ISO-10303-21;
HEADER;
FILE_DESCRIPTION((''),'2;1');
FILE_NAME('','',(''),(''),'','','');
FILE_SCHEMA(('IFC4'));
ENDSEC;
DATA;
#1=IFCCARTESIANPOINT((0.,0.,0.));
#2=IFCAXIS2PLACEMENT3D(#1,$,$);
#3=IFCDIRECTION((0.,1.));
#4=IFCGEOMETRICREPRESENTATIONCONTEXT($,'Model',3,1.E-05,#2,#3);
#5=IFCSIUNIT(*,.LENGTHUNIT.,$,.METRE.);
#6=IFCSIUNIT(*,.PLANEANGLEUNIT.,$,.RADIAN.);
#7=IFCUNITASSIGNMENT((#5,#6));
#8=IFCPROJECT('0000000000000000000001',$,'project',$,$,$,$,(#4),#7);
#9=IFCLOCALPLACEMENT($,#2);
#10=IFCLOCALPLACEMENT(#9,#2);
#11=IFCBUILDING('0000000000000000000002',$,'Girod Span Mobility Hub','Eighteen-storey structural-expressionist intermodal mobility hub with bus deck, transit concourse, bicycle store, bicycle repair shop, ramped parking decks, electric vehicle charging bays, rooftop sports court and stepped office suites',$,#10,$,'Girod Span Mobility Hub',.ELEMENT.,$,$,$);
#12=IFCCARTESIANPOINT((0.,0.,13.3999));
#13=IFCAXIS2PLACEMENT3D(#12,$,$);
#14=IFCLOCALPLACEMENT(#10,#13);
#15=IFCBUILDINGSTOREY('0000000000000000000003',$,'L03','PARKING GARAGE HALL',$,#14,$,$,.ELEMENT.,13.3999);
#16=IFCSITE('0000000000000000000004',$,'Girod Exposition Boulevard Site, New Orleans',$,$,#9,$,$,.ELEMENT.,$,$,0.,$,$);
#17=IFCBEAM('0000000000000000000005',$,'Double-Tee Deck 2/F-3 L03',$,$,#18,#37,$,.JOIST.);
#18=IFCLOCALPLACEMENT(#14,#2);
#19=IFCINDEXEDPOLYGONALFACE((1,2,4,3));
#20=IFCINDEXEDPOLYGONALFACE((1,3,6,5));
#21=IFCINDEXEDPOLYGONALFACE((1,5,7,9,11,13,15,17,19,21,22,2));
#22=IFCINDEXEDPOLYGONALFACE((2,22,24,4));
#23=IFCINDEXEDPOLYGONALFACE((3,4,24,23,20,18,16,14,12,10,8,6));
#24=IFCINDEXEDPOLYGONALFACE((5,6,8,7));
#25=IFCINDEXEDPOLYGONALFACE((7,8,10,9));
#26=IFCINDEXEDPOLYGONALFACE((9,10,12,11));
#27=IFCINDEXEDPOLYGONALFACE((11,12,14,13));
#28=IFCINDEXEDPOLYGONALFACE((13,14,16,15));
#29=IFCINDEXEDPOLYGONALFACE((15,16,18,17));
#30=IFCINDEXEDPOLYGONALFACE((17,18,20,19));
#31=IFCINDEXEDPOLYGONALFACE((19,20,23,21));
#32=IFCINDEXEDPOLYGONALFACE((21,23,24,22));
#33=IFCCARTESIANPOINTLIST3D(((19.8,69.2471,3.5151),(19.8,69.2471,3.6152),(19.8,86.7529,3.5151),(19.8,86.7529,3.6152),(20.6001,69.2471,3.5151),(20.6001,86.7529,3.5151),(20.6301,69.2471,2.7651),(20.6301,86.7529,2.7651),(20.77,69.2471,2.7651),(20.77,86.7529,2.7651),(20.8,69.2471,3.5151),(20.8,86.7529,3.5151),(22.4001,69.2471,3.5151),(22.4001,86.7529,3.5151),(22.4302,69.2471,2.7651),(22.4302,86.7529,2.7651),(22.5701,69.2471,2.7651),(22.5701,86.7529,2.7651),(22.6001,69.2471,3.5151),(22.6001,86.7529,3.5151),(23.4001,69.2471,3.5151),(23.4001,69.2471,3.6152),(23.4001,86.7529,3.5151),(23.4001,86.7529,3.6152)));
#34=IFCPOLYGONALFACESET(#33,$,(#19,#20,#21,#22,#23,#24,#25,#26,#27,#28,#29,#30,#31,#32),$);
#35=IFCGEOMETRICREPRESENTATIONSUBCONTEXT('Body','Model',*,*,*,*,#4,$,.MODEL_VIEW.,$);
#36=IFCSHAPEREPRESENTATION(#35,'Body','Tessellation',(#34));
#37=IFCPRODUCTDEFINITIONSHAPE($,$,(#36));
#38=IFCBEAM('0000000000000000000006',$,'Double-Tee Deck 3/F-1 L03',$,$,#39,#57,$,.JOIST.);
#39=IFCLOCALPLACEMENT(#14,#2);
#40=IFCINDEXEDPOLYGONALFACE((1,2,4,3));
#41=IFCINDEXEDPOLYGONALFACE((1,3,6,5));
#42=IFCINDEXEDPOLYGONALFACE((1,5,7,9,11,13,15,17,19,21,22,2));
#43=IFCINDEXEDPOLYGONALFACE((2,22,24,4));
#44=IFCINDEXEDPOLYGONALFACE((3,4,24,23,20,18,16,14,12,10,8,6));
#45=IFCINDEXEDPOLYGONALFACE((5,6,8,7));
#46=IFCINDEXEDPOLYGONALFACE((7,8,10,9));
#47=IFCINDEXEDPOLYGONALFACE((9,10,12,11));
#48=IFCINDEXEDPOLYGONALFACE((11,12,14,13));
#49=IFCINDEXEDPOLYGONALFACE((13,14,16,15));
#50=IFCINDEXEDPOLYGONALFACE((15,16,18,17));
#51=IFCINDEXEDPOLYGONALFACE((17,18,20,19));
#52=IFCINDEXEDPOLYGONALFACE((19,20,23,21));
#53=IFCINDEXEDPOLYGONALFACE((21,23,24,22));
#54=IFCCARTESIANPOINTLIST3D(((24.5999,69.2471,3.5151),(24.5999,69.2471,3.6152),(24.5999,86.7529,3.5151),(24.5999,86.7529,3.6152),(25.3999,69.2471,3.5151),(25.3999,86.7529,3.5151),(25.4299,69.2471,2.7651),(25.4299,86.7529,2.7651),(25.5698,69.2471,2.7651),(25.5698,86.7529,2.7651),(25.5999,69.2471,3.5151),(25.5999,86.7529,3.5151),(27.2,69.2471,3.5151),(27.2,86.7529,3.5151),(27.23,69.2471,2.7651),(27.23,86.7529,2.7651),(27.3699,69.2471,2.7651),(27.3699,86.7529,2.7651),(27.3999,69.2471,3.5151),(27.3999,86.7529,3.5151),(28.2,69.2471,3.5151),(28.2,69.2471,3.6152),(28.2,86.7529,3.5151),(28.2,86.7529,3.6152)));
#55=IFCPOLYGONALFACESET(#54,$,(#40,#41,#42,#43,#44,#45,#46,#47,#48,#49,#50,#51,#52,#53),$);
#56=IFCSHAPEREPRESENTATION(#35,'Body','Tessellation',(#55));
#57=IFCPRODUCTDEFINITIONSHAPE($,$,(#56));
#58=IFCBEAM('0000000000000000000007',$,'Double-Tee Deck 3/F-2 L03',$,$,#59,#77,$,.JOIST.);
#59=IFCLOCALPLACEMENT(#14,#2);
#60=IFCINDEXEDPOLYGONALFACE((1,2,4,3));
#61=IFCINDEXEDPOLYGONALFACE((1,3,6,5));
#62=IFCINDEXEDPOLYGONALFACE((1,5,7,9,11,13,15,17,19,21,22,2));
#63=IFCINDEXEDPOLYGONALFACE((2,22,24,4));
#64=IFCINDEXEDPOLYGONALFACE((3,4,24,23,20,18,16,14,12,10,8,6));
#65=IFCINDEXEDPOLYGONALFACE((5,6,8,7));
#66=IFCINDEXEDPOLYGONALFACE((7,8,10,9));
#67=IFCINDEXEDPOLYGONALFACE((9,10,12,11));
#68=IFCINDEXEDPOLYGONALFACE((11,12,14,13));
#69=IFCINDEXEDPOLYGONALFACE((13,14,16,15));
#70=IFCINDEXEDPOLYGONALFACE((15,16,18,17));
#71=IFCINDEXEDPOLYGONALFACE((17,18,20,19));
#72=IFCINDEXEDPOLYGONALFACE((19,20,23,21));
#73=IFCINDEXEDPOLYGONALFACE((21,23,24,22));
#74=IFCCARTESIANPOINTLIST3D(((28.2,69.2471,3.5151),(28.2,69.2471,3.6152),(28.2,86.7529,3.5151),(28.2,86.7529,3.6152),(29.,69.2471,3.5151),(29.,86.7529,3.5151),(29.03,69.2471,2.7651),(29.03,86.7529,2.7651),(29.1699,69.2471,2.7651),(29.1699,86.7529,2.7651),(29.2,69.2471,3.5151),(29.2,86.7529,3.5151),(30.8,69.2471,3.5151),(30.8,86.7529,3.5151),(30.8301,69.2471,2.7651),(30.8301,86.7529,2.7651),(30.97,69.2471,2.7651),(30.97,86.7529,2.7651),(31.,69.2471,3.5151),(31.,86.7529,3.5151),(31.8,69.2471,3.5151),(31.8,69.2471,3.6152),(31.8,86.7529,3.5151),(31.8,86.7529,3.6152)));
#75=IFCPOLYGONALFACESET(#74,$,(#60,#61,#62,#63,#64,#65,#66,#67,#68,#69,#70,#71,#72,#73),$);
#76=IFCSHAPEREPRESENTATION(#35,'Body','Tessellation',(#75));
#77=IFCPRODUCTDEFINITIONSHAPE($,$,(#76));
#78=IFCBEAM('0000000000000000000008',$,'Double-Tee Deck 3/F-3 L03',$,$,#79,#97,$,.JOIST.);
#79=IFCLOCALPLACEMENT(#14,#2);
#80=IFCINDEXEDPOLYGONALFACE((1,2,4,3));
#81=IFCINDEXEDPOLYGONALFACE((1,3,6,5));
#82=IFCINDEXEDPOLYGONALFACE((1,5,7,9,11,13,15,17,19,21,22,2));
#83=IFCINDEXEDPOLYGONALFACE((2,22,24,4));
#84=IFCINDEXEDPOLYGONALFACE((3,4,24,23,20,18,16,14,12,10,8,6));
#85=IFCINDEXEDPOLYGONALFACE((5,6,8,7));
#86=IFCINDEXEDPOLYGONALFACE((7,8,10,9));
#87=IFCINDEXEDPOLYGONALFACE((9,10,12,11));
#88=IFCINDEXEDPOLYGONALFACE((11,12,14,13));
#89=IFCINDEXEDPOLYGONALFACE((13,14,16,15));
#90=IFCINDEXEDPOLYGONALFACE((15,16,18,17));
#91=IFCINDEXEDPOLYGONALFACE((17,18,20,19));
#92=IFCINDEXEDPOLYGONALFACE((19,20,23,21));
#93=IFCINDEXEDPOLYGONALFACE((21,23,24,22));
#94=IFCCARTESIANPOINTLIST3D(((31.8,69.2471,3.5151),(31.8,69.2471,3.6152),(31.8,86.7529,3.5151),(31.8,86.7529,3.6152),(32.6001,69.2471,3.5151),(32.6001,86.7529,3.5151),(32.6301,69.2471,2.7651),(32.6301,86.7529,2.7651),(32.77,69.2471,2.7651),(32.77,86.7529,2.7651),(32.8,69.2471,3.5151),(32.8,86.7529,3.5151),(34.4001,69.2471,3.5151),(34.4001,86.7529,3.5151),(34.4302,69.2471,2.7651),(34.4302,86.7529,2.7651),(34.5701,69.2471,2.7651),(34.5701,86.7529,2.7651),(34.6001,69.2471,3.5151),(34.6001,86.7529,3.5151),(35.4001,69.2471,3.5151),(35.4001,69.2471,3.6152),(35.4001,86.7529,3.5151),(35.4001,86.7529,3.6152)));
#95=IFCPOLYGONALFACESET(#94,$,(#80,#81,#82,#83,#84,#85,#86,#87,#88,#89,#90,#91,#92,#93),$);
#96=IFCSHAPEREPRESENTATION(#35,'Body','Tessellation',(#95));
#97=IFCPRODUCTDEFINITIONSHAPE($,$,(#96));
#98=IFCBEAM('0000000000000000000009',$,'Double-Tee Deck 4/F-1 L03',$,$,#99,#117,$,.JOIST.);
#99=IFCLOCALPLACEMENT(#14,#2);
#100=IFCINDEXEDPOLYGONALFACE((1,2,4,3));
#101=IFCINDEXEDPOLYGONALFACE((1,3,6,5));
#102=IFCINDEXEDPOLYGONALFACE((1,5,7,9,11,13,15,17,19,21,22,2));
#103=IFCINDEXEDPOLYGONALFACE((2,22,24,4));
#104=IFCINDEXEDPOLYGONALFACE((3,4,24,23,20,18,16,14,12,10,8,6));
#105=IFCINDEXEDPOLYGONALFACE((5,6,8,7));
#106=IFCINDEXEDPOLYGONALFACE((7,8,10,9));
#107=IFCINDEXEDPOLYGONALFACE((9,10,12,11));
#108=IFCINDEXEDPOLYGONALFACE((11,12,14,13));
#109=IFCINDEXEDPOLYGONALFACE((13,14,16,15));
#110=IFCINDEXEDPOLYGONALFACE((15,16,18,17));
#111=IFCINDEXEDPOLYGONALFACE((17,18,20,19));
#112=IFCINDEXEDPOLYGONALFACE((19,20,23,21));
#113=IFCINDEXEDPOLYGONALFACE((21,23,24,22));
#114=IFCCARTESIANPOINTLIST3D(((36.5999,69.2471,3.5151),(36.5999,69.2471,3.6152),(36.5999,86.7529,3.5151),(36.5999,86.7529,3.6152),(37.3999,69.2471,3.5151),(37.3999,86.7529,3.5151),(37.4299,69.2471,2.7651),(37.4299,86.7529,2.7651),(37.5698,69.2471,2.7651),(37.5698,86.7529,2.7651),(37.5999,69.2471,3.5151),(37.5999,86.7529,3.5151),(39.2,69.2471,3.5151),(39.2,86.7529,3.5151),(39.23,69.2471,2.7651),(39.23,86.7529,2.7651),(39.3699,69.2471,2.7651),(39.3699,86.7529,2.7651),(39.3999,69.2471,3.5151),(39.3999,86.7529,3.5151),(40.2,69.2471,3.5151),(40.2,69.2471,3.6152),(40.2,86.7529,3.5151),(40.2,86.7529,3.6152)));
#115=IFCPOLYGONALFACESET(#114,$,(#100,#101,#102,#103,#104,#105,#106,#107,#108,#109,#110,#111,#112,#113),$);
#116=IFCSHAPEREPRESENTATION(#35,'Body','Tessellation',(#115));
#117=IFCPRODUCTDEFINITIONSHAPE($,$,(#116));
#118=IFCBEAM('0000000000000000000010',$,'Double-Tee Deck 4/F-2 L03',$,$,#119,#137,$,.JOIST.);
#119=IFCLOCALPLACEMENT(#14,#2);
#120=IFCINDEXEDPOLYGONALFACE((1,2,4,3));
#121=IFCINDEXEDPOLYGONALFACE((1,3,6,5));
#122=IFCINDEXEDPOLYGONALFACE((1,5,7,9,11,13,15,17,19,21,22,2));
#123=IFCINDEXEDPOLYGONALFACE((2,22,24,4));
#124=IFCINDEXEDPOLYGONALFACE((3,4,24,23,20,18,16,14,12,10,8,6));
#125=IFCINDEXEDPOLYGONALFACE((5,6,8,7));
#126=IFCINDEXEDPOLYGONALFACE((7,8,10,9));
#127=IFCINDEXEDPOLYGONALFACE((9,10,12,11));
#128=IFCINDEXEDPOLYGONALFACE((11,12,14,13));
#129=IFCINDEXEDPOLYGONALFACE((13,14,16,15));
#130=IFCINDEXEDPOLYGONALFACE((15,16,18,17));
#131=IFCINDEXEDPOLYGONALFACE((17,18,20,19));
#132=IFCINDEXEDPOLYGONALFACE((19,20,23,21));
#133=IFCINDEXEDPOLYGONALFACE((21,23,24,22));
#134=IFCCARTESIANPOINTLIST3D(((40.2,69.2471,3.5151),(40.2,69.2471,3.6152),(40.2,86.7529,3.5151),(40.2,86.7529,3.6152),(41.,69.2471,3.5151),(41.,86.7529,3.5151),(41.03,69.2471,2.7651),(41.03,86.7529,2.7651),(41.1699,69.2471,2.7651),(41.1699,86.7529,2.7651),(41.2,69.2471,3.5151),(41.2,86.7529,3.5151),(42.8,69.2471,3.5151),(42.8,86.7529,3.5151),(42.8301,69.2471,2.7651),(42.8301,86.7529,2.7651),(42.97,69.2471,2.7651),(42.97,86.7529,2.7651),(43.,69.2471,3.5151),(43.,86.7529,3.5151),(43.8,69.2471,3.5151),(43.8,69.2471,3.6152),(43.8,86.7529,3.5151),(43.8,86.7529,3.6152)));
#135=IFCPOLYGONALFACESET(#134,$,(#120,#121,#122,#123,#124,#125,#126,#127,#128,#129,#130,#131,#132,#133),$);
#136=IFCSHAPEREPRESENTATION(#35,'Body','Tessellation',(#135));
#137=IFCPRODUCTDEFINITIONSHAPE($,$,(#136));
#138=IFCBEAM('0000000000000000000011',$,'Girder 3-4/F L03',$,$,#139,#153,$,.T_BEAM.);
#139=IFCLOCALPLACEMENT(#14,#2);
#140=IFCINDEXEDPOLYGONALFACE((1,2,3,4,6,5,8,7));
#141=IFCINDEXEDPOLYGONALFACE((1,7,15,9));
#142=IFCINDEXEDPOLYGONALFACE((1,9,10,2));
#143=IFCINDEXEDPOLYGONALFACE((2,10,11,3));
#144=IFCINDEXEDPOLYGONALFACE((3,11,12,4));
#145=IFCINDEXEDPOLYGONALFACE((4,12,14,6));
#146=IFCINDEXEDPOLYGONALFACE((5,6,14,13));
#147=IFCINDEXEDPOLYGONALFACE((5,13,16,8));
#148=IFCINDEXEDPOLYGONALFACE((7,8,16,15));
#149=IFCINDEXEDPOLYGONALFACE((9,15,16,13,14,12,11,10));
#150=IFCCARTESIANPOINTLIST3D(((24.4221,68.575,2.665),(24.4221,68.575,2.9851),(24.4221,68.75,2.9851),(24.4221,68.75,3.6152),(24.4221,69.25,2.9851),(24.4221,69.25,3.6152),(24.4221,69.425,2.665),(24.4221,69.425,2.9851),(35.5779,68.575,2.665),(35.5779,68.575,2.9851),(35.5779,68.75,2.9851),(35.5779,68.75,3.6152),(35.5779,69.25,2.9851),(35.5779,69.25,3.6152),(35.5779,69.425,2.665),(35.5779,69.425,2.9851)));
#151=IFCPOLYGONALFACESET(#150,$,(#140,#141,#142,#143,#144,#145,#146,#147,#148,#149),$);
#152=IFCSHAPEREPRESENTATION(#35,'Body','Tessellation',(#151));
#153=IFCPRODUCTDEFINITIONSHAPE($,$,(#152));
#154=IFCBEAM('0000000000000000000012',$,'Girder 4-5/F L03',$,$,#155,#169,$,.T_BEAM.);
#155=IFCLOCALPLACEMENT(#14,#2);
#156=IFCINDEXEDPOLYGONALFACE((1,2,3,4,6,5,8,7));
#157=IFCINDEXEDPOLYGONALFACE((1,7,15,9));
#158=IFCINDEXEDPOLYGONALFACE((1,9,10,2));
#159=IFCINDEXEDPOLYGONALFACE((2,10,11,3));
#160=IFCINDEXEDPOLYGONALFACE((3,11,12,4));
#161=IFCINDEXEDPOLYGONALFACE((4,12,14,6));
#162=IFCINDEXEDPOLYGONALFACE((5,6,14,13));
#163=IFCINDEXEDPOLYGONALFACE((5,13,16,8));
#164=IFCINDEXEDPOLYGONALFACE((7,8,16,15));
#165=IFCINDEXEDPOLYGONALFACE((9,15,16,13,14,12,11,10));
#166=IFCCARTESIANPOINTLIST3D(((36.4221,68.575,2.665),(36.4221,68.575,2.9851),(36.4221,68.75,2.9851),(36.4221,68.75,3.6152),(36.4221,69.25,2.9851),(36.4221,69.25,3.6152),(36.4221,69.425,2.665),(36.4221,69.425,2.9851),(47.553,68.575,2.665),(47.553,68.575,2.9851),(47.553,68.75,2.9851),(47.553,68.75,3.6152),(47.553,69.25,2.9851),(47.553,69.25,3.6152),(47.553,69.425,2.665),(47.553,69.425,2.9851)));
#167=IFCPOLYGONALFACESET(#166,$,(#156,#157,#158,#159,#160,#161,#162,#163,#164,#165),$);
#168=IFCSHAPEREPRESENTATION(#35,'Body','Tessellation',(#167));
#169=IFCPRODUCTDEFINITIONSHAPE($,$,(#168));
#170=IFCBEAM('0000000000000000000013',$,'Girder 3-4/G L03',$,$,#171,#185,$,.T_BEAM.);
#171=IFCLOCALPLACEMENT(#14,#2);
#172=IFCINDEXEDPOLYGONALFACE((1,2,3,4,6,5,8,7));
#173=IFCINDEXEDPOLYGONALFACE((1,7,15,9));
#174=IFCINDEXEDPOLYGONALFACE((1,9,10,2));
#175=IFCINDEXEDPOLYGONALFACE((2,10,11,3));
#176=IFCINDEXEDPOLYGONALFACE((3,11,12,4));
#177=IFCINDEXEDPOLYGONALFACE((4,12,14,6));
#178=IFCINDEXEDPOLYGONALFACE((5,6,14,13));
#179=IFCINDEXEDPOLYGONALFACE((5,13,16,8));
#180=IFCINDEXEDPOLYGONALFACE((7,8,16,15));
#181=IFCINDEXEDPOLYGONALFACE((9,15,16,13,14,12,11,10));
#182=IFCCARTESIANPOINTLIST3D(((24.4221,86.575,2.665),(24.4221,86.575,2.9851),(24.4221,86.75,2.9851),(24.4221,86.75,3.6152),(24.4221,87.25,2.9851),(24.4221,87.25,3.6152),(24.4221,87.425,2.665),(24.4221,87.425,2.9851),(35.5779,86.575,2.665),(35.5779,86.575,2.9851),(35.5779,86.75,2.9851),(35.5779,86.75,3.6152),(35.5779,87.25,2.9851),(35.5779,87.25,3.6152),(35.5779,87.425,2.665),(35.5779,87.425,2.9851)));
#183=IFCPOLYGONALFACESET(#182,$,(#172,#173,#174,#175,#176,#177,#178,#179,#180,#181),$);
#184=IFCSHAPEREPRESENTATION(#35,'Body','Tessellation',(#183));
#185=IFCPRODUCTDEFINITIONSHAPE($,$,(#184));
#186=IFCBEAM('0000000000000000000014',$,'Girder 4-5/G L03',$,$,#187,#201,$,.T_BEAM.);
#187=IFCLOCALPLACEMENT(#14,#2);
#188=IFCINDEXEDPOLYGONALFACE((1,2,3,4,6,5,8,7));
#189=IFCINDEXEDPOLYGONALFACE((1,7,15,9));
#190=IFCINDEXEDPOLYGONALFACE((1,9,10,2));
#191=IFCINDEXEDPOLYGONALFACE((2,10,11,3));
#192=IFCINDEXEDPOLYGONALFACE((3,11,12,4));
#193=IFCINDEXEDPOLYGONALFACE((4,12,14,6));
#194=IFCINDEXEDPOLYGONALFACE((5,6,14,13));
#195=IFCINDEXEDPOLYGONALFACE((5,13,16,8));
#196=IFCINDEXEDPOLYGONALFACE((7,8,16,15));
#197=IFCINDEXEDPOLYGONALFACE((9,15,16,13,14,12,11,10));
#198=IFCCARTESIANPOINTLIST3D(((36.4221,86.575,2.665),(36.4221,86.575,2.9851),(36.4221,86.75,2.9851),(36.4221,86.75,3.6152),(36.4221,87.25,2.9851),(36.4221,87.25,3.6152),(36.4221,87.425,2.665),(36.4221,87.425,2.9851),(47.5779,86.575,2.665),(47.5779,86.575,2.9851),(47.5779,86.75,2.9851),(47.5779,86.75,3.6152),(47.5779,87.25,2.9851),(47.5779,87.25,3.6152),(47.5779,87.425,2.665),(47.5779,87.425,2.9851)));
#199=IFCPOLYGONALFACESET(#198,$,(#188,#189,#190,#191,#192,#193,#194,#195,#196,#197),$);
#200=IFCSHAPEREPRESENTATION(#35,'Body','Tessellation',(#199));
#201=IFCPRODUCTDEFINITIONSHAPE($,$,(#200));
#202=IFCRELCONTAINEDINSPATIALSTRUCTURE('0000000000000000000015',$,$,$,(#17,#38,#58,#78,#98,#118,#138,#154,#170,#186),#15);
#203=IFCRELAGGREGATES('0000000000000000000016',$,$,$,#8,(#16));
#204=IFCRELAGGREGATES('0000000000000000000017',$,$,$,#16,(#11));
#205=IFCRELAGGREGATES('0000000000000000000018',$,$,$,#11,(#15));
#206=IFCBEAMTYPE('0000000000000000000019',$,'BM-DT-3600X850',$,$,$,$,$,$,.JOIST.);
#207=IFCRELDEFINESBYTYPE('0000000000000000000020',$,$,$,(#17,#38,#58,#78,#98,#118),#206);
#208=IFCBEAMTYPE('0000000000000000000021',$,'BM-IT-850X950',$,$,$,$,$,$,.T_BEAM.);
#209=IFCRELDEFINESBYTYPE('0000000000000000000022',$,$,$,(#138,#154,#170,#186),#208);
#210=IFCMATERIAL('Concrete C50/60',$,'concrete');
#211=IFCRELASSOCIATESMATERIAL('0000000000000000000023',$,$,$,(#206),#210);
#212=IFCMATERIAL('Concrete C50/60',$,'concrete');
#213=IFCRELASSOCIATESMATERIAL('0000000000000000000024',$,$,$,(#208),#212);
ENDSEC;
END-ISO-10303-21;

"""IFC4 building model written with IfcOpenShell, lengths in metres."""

from ifc_helpers import new_model, si_unit, direction, frame, origin, place, context, subcontext, project, spatial, polyline, outline, extrude, material, material_profile, profile_set, type_object, element, save


model = new_model("IFC4")

# Units and contexts
model_context = context("Model", 3, precision=1e-05, world=origin(), true_north=direction((0.0, 1.0)))
body_context = subcontext(model_context, "Body", "Model", "MODEL_VIEW")
ifc_project = project(units=[si_unit("LENGTHUNIT", "METRE"), si_unit("PLANEANGLEUNIT", "RADIAN")], contexts=[model_context])

# Site, building, storey
site_placement = place(None, origin())
site = spatial("IfcSite", under=ifc_project, at=site_placement, Name="Girod Exposition Boulevard Site, New Orleans", CompositionType="ELEMENT", RefElevation=0.0)
building_placement = place(site_placement, origin())
building = spatial("IfcBuilding", under=site, at=building_placement, Name="Girod Span Mobility Hub", Description="Eighteen-storey structural-expressionist intermodal mobility hub with bus deck, transit concourse, bicycle store, bicycle repair shop, ramped parking decks, electric vehicle charging bays, rooftop sports court and stepped office suites", LongName="Girod Span Mobility Hub", CompositionType="ELEMENT")
storey_placement = place(building_placement, frame((0.0, 0.0, 13.3999)))
storey = spatial("IfcBuildingStorey", under=building, at=storey_placement, Name="L03", Description="PARKING GARAGE HALL", CompositionType="ELEMENT", Elevation=13.3999)

# Beams
ifc_material_1 = material(Name="Concrete C50/60", Category="concrete")
ifc_material_profile_1 = material_profile(ifc_material_1, outline(polyline([(-1.8, 0.425), (-1.8, 0.325), (-1.0, 0.325), (-0.97, -0.425), (-0.8301, -0.425), (-0.8, 0.325), (0.8, 0.325), (0.8301, -0.425), (0.97, -0.425), (1.0, 0.325), (1.8, 0.325), (1.8, 0.425), (-1.8, 0.425)])), Name="DT-3600X850")
ifc_profile_set_1 = profile_set([ifc_material_profile_1], Name="Concrete C50/60")
beam_type_1 = type_object("IfcBeamType", Name="BM-DT-3600X850", PredefinedType="JOIST", material=ifc_profile_set_1)
for number, where, z_axis, x_axis, name in (
    (1, (21.6001, 69.2471, 3.1902), (0.0, 1.0, 0.0), (-1.0, 0.0, 0.0), "Double-Tee Deck 2/F-3 L03"),
    (2, (26.3999, 69.2471, 3.1902), (0.0, 1.0, 0.0), (-1.0, 0.0, 0.0), "Double-Tee Deck 3/F-1 L03"),
    (3, (30.0, 69.2471, 3.1902), (0.0, 1.0, 0.0), (-1.0, 0.0, 0.0), "Double-Tee Deck 3/F-2 L03"),
    (4, (33.6001, 69.2471, 3.1902), (0.0, 1.0, 0.0), (-1.0, 0.0, 0.0), "Double-Tee Deck 3/F-3 L03"),
    (5, (38.3999, 69.2471, 3.1902), (0.0, 1.0, 0.0), (-1.0, 0.0, 0.0), "Double-Tee Deck 4/F-1 L03"),
    (6, (42.0, 69.2471, 3.1902), (0.0, 1.0, 0.0), (-1.0, 0.0, 0.0), "Double-Tee Deck 4/F-2 L03"),
):
    element("IfcBeam", number, at=place(storey_placement, frame(where, z_axis=z_axis, x_axis=x_axis)), inside=storey, type_object=beam_type_1, Name=name, PredefinedType="JOIST", context=body_context, shape_type="SweptSolid", body=[
        extrude(outline(polyline([(-1.8, 0.425), (-1.8, 0.325), (-1.0, 0.325), (-0.97, -0.425), (-0.8301, -0.425), (-0.8, 0.325), (0.8, 0.325), (0.8301, -0.425), (0.97, -0.425), (1.0, 0.325), (1.8, 0.325), (1.8, 0.425), (-1.8, 0.425)])), origin(), (0.0, 0.0, 1.0), 17.5059),
    ])
ifc_material_2 = material(Name="Concrete C50/60", Category="concrete")
ifc_material_profile_2 = material_profile(ifc_material_2, outline(polyline([(-0.425, -0.4751), (0.425, -0.4751), (0.425, -0.155), (0.25, -0.155), (0.25, 0.4751), (-0.25, 0.4751), (-0.25, -0.155), (-0.425, -0.155), (-0.425, -0.4751)])), Name="IT-850X950")
ifc_profile_set_2 = profile_set([ifc_material_profile_2], Name="Concrete C50/60")
beam_type_2 = type_object("IfcBeamType", Name="BM-IT-850X950", PredefinedType="T_BEAM", material=ifc_profile_set_2)
beam_1_placement = place(storey_placement, frame((24.4221, 69.0, 3.1401), z_axis=(1.0, 0.0, 0.0), x_axis=(0.0, 1.0, 0.0)))
element("IfcBeam", 7, at=beam_1_placement, inside=storey, type_object=beam_type_2, Name="Girder 3-4/F L03", PredefinedType="T_BEAM", context=body_context, shape_type="SweptSolid", body=[
    extrude(outline(polyline([(-0.425, -0.4751), (0.425, -0.4751), (0.425, -0.155), (0.25, -0.155), (0.25, 0.4751), (-0.25, 0.4751), (-0.25, -0.155), (-0.425, -0.155), (-0.425, -0.4751)])), origin(), (0.0, 0.0, 1.0), 11.1558),
])
beam_2_placement = place(storey_placement, frame((36.4221, 69.0, 3.1401), z_axis=(1.0, 0.0, 0.0), x_axis=(0.0, 1.0, 0.0)))
element("IfcBeam", 8, at=beam_2_placement, inside=storey, type_object=beam_type_2, Name="Girder 4-5/F L03", PredefinedType="T_BEAM", context=body_context, shape_type="SweptSolid", body=[
    extrude(outline(polyline([(-0.425, -0.4751), (0.425, -0.4751), (0.425, -0.155), (0.25, -0.155), (0.25, 0.4751), (-0.25, 0.4751), (-0.25, -0.155), (-0.425, -0.155), (-0.425, -0.4751)])), origin(), (0.0, 0.0, 1.0), 11.1309),
])
for number, where, z_axis, x_axis, name in (
    (9, (24.4221, 87.0, 3.1401), (1.0, 0.0, 0.0), (0.0, 1.0, 0.0), "Girder 3-4/G L03"),
    (10, (36.4221, 87.0, 3.1401), (1.0, 0.0, 0.0), (0.0, 1.0, 0.0), "Girder 4-5/G L03"),
):
    element("IfcBeam", number, at=place(storey_placement, frame(where, z_axis=z_axis, x_axis=x_axis)), inside=storey, type_object=beam_type_2, Name=name, PredefinedType="T_BEAM", context=body_context, shape_type="SweptSolid", body=[
        extrude(outline(polyline([(-0.425, -0.4751), (0.425, -0.4751), (0.425, -0.155), (0.25, -0.155), (0.25, 0.4751), (-0.25, 0.4751), (-0.25, -0.155), (-0.425, -0.155), (-0.425, -0.4751)])), origin(), (0.0, 0.0, 1.0), 11.1558),
    ])

save(model, "model.ifc")
